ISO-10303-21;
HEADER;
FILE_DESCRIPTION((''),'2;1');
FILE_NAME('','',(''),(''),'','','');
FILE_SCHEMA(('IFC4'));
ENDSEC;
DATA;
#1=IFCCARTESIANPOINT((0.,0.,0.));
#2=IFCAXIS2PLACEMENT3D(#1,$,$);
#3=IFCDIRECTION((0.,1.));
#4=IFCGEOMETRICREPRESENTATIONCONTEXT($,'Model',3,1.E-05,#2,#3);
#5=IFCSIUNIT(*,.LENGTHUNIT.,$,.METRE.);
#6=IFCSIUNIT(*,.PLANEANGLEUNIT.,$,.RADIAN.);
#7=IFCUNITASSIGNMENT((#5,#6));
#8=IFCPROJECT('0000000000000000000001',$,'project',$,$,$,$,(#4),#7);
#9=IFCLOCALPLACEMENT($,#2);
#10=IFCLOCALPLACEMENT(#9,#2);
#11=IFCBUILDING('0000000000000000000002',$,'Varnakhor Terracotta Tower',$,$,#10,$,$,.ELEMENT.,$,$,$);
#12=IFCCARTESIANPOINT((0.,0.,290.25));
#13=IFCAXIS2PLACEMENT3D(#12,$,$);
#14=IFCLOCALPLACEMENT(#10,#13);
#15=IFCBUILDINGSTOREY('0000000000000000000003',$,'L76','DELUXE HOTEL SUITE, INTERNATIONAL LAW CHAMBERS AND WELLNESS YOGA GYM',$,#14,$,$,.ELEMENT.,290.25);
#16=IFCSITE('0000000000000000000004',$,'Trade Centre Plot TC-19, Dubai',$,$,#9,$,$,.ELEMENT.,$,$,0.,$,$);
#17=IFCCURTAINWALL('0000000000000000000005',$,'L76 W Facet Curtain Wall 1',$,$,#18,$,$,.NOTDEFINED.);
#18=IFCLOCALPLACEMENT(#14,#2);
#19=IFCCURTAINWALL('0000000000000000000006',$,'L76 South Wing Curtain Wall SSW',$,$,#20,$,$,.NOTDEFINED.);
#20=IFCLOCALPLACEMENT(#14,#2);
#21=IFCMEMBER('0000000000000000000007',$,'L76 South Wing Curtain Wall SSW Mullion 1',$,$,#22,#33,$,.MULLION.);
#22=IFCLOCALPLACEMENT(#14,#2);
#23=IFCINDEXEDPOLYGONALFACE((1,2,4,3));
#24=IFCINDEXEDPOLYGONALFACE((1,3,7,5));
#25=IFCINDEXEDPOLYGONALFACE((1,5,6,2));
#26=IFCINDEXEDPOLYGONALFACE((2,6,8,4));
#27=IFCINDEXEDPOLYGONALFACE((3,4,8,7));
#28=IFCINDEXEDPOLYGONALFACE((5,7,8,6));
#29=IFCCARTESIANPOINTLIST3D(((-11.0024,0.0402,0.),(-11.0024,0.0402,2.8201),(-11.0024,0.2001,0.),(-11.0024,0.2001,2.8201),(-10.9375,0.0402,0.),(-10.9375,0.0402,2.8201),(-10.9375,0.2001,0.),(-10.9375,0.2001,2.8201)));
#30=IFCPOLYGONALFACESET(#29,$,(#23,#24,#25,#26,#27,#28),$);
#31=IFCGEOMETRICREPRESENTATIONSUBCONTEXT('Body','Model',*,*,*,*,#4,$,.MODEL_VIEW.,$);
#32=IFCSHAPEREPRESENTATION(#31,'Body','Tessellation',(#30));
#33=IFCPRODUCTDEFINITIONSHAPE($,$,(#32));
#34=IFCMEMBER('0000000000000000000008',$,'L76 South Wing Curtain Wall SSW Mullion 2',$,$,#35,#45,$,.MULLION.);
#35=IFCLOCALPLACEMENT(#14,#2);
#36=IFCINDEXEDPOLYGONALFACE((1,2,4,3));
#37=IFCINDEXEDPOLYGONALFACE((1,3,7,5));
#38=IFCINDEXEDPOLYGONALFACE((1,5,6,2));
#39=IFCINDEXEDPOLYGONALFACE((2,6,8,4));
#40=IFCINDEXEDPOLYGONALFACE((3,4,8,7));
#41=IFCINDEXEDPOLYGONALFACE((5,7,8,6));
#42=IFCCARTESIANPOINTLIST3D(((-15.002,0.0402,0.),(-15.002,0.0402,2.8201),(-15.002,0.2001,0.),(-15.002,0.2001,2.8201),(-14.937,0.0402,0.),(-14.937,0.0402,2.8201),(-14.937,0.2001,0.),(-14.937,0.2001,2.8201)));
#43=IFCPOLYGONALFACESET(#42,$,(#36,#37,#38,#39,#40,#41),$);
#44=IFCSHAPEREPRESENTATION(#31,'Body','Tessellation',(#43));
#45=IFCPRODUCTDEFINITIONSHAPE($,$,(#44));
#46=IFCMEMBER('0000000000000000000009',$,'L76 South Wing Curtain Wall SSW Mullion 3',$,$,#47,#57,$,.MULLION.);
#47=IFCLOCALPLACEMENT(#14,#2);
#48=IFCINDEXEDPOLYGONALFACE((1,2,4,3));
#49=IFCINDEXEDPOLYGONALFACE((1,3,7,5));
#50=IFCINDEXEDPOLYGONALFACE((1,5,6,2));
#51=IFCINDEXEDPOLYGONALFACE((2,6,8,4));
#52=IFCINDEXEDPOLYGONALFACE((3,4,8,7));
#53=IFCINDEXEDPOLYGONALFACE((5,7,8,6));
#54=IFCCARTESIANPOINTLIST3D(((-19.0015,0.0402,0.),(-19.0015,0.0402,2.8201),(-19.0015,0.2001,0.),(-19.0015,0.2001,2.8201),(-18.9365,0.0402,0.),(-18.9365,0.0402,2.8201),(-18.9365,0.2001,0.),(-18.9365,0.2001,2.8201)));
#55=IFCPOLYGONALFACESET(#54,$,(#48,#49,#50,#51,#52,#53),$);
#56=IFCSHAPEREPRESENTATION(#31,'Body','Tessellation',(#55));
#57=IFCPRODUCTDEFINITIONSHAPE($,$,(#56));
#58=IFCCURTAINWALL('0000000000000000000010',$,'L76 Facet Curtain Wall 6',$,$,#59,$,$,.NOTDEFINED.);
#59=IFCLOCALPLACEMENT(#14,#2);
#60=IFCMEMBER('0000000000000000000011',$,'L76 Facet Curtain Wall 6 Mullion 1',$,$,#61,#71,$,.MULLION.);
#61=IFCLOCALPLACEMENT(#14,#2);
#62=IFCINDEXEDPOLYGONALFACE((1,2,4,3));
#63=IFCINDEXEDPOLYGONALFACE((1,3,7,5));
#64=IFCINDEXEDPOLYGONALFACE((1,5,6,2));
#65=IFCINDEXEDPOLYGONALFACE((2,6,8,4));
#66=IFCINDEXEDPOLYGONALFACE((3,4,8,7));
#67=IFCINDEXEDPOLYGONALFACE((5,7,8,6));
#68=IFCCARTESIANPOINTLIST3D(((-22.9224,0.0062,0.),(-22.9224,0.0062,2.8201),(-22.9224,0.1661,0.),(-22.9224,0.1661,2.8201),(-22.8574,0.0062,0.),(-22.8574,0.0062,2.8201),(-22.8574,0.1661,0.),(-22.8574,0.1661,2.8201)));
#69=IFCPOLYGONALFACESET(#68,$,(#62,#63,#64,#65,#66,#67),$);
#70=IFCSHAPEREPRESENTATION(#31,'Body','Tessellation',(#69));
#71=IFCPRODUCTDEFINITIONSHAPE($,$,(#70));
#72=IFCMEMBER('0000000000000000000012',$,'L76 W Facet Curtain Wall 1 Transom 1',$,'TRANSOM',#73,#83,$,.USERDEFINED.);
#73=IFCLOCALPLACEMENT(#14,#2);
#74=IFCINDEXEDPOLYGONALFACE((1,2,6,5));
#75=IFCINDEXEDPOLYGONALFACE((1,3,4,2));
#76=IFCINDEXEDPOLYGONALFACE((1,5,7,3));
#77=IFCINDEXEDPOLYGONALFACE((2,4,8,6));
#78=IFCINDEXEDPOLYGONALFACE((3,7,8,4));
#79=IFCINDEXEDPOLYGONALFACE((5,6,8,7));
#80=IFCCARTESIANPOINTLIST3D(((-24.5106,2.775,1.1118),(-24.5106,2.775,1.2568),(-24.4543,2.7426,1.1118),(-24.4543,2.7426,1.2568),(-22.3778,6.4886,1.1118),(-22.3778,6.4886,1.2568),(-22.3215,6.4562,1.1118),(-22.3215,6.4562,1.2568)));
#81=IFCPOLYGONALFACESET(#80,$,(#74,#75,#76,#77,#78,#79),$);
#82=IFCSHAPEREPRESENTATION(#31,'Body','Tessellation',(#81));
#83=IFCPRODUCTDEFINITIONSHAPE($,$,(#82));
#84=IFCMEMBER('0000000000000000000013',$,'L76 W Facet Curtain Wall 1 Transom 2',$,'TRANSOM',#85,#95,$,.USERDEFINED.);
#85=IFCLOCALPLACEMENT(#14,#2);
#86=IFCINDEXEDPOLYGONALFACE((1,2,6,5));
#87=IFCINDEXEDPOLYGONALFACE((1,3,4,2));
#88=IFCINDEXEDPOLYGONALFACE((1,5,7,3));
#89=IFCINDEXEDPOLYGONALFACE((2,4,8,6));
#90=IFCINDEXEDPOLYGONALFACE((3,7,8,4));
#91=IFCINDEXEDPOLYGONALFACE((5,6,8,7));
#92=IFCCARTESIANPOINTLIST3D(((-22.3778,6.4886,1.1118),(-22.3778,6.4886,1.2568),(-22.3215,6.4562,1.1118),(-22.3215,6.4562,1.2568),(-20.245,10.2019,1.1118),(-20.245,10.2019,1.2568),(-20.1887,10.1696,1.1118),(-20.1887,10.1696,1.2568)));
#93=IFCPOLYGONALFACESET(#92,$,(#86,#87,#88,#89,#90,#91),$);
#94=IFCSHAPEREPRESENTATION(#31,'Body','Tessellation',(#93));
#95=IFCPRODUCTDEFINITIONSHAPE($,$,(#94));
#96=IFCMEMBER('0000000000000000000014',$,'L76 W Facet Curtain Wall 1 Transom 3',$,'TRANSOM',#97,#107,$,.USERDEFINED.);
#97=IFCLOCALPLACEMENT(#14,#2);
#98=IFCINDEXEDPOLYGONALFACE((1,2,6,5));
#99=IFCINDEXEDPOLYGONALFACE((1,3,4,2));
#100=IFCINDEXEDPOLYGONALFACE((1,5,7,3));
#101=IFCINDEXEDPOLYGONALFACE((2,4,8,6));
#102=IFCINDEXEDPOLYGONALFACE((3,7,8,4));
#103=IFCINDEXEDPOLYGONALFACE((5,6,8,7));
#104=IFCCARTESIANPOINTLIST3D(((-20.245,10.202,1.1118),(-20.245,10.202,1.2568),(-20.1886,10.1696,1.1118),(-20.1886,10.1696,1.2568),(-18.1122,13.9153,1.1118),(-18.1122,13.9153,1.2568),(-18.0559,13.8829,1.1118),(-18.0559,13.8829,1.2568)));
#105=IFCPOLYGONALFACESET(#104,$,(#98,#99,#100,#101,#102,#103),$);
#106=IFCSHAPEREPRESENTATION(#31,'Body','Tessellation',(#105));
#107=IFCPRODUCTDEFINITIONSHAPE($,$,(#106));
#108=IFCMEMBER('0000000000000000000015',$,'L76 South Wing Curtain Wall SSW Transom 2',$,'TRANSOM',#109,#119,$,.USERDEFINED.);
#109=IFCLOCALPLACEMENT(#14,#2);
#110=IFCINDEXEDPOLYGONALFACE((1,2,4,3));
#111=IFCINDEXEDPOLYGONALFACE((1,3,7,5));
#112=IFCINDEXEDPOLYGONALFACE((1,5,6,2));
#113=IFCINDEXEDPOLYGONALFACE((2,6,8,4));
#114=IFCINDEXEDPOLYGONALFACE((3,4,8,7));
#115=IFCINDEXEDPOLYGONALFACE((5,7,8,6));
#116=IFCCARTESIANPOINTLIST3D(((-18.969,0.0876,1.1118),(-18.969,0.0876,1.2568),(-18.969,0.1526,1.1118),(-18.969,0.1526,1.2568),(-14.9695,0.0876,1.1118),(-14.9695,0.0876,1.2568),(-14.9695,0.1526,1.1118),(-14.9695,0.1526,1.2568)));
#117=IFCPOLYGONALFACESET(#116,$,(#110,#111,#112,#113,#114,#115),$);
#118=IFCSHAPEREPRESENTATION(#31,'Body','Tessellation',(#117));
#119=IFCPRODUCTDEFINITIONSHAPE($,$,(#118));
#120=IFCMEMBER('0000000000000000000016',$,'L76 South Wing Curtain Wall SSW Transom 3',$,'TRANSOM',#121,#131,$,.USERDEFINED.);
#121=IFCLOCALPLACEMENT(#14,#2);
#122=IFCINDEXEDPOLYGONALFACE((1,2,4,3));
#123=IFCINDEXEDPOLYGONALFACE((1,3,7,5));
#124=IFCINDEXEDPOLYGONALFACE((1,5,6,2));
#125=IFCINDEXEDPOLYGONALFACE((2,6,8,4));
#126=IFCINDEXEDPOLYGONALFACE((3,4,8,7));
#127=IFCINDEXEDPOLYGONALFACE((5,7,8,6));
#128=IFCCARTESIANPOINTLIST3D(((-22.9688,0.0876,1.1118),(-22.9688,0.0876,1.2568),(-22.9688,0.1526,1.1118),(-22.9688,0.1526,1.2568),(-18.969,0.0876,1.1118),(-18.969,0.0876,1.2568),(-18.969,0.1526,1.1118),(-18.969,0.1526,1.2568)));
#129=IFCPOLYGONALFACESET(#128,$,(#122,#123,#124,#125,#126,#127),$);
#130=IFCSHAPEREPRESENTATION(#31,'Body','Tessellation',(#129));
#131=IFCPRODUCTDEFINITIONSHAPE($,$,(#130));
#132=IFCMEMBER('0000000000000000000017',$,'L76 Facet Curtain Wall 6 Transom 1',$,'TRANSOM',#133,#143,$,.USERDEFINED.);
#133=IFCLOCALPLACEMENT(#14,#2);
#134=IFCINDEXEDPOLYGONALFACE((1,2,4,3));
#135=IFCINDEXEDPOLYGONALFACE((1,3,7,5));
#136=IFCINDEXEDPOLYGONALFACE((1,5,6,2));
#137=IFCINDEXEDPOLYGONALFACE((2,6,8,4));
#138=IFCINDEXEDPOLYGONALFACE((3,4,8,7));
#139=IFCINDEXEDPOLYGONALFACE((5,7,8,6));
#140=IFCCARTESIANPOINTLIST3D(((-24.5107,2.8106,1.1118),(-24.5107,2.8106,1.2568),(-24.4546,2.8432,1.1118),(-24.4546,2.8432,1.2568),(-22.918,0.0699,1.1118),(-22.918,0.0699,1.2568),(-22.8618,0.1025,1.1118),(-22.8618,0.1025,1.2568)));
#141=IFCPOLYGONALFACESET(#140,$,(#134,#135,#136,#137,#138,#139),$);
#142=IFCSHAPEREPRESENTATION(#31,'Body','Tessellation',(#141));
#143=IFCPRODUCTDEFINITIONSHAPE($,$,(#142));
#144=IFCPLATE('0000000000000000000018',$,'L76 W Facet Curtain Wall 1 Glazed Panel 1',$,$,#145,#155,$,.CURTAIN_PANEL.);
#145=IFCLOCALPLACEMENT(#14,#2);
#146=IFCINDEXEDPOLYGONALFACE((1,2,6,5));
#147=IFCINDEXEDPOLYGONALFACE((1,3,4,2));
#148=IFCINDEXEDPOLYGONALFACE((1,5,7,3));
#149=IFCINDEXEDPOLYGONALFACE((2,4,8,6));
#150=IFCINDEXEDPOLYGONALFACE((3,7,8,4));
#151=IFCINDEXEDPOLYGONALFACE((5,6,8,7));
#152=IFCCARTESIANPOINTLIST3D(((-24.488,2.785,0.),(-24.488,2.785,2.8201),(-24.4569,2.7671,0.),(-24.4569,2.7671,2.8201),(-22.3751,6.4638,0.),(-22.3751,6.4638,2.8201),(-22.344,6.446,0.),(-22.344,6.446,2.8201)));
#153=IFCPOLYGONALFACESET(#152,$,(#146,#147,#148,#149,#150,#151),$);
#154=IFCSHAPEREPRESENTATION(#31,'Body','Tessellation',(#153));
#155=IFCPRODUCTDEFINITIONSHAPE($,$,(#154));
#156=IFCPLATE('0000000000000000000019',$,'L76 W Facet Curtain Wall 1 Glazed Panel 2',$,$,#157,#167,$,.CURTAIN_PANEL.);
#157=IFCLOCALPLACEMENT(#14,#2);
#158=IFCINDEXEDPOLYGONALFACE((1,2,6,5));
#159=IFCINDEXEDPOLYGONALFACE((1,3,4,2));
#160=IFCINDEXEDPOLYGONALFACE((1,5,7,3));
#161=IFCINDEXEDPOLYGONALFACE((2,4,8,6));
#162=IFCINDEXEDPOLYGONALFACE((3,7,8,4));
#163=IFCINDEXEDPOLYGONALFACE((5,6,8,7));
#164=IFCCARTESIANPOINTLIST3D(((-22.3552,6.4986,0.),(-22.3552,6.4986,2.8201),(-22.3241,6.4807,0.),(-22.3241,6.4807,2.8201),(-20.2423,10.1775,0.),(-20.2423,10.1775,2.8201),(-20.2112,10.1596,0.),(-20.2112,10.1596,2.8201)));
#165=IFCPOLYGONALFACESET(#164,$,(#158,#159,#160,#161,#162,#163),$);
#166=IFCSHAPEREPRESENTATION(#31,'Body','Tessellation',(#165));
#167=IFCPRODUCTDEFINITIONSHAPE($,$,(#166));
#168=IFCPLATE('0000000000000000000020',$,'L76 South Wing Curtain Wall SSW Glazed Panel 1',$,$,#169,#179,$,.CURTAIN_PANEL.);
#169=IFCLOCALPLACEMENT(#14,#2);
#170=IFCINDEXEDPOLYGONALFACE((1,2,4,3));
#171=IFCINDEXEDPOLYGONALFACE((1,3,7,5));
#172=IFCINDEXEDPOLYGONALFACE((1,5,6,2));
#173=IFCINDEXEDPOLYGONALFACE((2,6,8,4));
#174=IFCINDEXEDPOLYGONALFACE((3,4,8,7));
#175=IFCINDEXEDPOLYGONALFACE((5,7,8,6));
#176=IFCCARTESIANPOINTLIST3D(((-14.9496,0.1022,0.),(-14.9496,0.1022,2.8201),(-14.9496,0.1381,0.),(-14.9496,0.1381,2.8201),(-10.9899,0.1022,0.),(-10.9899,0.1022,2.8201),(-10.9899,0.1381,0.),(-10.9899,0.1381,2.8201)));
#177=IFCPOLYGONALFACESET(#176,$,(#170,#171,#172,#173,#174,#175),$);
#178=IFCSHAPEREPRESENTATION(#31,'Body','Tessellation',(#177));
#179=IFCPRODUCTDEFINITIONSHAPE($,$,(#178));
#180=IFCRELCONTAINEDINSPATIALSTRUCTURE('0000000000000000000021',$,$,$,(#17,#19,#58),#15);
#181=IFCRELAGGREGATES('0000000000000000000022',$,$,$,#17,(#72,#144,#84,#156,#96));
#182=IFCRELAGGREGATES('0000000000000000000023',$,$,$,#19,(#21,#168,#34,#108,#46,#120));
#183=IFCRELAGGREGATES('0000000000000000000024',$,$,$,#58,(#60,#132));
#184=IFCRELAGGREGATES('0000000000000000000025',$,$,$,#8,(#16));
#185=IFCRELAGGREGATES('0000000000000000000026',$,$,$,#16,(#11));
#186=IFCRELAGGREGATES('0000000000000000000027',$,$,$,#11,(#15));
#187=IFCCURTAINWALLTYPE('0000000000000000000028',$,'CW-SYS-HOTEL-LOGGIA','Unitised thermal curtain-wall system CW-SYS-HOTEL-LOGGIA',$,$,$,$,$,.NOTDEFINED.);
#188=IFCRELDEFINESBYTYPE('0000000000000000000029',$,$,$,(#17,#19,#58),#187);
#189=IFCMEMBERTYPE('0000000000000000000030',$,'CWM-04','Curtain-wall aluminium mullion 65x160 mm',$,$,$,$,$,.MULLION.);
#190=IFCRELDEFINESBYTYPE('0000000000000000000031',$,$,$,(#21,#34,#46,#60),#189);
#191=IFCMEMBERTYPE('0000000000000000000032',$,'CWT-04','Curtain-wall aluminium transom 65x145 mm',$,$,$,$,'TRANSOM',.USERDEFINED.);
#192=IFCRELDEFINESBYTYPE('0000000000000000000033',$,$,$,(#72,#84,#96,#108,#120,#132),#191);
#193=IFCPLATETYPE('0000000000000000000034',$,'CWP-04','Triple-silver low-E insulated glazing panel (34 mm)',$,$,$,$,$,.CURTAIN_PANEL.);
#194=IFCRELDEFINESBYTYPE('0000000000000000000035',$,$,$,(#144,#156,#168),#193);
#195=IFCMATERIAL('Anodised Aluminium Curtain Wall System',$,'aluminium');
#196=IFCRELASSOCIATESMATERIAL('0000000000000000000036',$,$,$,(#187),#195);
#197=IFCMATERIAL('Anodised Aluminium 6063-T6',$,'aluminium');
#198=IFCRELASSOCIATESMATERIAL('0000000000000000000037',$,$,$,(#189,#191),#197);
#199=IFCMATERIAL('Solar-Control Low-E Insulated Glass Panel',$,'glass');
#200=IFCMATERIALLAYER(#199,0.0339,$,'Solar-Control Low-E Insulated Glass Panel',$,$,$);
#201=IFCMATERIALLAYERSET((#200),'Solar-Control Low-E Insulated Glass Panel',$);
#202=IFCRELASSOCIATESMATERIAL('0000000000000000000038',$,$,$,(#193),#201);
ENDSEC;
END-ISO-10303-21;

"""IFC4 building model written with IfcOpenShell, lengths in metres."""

from ifc_helpers import new_model, si_unit, direction, frame, origin, origin_2d, place, context, subcontext, project, spatial, rectangle, extrude, source, transform, mapped, material, layer, layer_set, material_profile, profile_set, type_object, type_shapes, element, aggregate, save


model = new_model("IFC4")

# Units and contexts
model_context = context("Model", 3, precision=1e-05, world=origin(), true_north=direction((0.0, 1.0)))
body_context = subcontext(model_context, "Body", "Model", "MODEL_VIEW")
ifc_project = project(units=[si_unit("LENGTHUNIT", "METRE"), si_unit("PLANEANGLEUNIT", "RADIAN")], contexts=[model_context])

# Site, building, storey
site_placement = place(None, origin())
site = spatial("IfcSite", under=ifc_project, at=site_placement, Name="Trade Centre Plot TC-19, Dubai", CompositionType="ELEMENT", RefElevation=0.0)
building_placement = place(site_placement, origin())
building = spatial("IfcBuilding", under=site, at=building_placement, Name="Varnakhor Terracotta Tower", CompositionType="ELEMENT")
storey_placement = place(building_placement, frame((0.0, 0.0, 290.25)))
storey = spatial("IfcBuildingStorey", under=building, at=storey_placement, Name="L76", Description="DELUXE HOTEL SUITE, INTERNATIONAL LAW CHAMBERS AND WELLNESS YOGA GYM", CompositionType="ELEMENT", Elevation=290.25)

# Curtain walls, members
ifc_material_1 = material(Name="Anodised Aluminium Curtain Wall System", Category="aluminium")
curtain_wall_type = type_object("IfcCurtainWallType", Name="CW-SYS-HOTEL-LOGGIA", Description="Unitised thermal curtain-wall system CW-SYS-HOTEL-LOGGIA", PredefinedType="NOTDEFINED", material=ifc_material_1)
curtain_wall_1_placement = place(storey_placement, origin())
curtain_wall_1 = element("IfcCurtainWall", 1, at=curtain_wall_1_placement, inside=storey, type_object=curtain_wall_type, Name="L76 W Facet Curtain Wall 1", PredefinedType="NOTDEFINED")
ifc_material_2 = material(Name="Anodised Aluminium 6063-T6", Category="aluminium")
ifc_material_profile_1 = material_profile(ifc_material_2, rectangle(XDim=0.0649, YDim=0.1599, at=origin_2d()), Name="ALU MULLION 65x160")
ifc_profile_set_1 = profile_set([ifc_material_profile_1], Name="Anodised Aluminium 6063-T6")
member_type_1 = type_object("IfcMemberType", Name="CWM-04", Description="Curtain-wall aluminium mullion 65x160 mm", PredefinedType="MULLION", material=ifc_profile_set_1)
shared_shape_1 = source(origin(), body_context, "Body", "SweptSolid", [
    extrude(rectangle(XDim=0.0649, YDim=0.1599, at=origin_2d()), origin(), (0.0, 0.0, 1.0), 2.8201),
])
type_shapes(member_type_1, [shared_shape_1])
curtain_wall_2_placement = place(storey_placement, origin())
curtain_wall_2 = element("IfcCurtainWall", 2, at=curtain_wall_2_placement, inside=storey, type_object=curtain_wall_type, Name="L76 South Wing Curtain Wall SSW", PredefinedType="NOTDEFINED")
member_1_placement = place(storey_placement, frame((-10.97, 0.1201, 0.0), z_axis=(0.0, 0.0, 1.0), x_axis=(1.0, 0.0, 0.0)))
member_1 = element("IfcMember", 3, at=member_1_placement, type_object=member_type_1, Name="L76 South Wing Curtain Wall SSW Mullion 1", PredefinedType="MULLION", context=body_context, shape_type="MappedRepresentation", body=[
    mapped(shared_shape_1, transform((0.0, 0.0, 0.0), scale=1.0)),
])
member_2_placement = place(storey_placement, frame((-14.9695, 0.1201, 0.0), z_axis=(0.0, 0.0, 1.0), x_axis=(1.0, 0.0, 0.0)))
member_2 = element("IfcMember", 4, at=member_2_placement, type_object=member_type_1, Name="L76 South Wing Curtain Wall SSW Mullion 2", PredefinedType="MULLION", context=body_context, shape_type="MappedRepresentation", body=[
    mapped(shared_shape_1, transform((0.0, 0.0, 0.0), scale=1.0)),
])
member_3_placement = place(storey_placement, frame((-18.969, 0.1201, 0.0), z_axis=(0.0, 0.0, 1.0), x_axis=(1.0, 0.0, 0.0)))
member_3 = element("IfcMember", 5, at=member_3_placement, type_object=member_type_1, Name="L76 South Wing Curtain Wall SSW Mullion 3", PredefinedType="MULLION", context=body_context, shape_type="MappedRepresentation", body=[
    mapped(shared_shape_1, transform((0.0, 0.0, 0.0), scale=1.0)),
])

# Curtain wall, member
curtain_wall_3_placement = place(storey_placement, origin())
curtain_wall_3 = element("IfcCurtainWall", 6, at=curtain_wall_3_placement, inside=storey, type_object=curtain_wall_type, Name="L76 Facet Curtain Wall 6", PredefinedType="NOTDEFINED")
member_4_placement = place(storey_placement, frame((-22.8899, 0.0862, 0.0), z_axis=(0.0, 0.0, 1.0), x_axis=(1.0, 0.0, 0.0)))
member_4 = element("IfcMember", 7, at=member_4_placement, type_object=member_type_1, Name="L76 Facet Curtain Wall 6 Mullion 1", PredefinedType="MULLION", context=body_context, shape_type="MappedRepresentation", body=[
    mapped(shared_shape_1, transform((0.0, 0.0, 0.0), scale=1.0)),
])

# Members
ifc_material_profile_2 = material_profile(ifc_material_2, rectangle(XDim=0.0649, YDim=0.145, at=origin_2d()), Name="ALU TRANSOM 65x145")
ifc_profile_set_2 = profile_set([ifc_material_profile_2], Name="Anodised Aluminium 6063-T6")
member_type_2 = type_object("IfcMemberType", Name="CWT-04", Description="Curtain-wall aluminium transom 65x145 mm", ElementType="TRANSOM", PredefinedType="USERDEFINED", material=ifc_profile_set_2)
shared_shape_2 = source(origin(), body_context, "Body", "SweptSolid", [
    extrude(rectangle(XDim=0.0649, YDim=0.145, at=origin_2d()), origin(), (0.0, 0.0, 1.0), 4.2825),
])
member_5_placement = place(storey_placement, frame((-24.4824, 2.7588, 1.1843), z_axis=(0.498029, 0.867161, 0.0), x_axis=(-0.867161, 0.498029, 0.0)))
member_5 = element("IfcMember", 8, at=member_5_placement, type_object=member_type_2, Name="L76 W Facet Curtain Wall 1 Transom 1", ObjectType="TRANSOM", PredefinedType="USERDEFINED", context=body_context, shape_type="MappedRepresentation", body=[
    mapped(shared_shape_2, transform((0.0, 0.0, 0.0), scale=1.0)),
])
shared_shape_3 = source(origin(), body_context, "Body", "SweptSolid", [
    extrude(rectangle(XDim=0.0649, YDim=0.145, at=origin_2d()), origin(), (0.0, 0.0, 1.0), 4.2822),
])
member_6_placement = place(storey_placement, frame((-22.3496, 6.4724, 1.1843), z_axis=(0.498053, 0.867146, 0.0), x_axis=(-0.867146, 0.498053, 0.0)))
member_6 = element("IfcMember", 9, at=member_6_placement, type_object=member_type_2, Name="L76 W Facet Curtain Wall 1 Transom 2", ObjectType="TRANSOM", PredefinedType="USERDEFINED", context=body_context, shape_type="MappedRepresentation", body=[
    mapped(shared_shape_3, transform((0.0, 0.0, 0.0), scale=1.0)),
])
member_7_placement = place(storey_placement, frame((-20.2168, 10.1858, 1.1843), z_axis=(0.498053, 0.867146, 0.0), x_axis=(-0.867146, 0.498053, 0.0)))
member_7 = element("IfcMember", 10, at=member_7_placement, type_object=member_type_2, Name="L76 W Facet Curtain Wall 1 Transom 3", ObjectType="TRANSOM", PredefinedType="USERDEFINED", context=body_context, shape_type="MappedRepresentation", body=[
    mapped(shared_shape_3, transform((0.0, 0.0, 0.0), scale=1.0)),
])
shared_shape_4 = source(origin(), body_context, "Body", "SweptSolid", [
    extrude(rectangle(XDim=0.0649, YDim=0.145, at=origin_2d()), origin(), (0.0, 0.0, 1.0), 3.9995),
])
member_8_placement = place(storey_placement, frame((-14.9695, 0.1201, 1.1843), z_axis=(-1.0, 0.0, 0.0), x_axis=(0.0, -1.0, 0.0)))
member_8 = element("IfcMember", 11, at=member_8_placement, type_object=member_type_2, Name="L76 South Wing Curtain Wall SSW Transom 2", ObjectType="TRANSOM", PredefinedType="USERDEFINED", context=body_context, shape_type="MappedRepresentation", body=[
    mapped(shared_shape_4, transform((0.0, 0.0, 0.0), scale=1.0)),
])
shared_shape_5 = source(origin(), body_context, "Body", "SweptSolid", [
    extrude(rectangle(XDim=0.0649, YDim=0.145, at=origin_2d()), origin(), (0.0, 0.0, 1.0), 3.9998),
])
member_9_placement = place(storey_placement, frame((-18.969, 0.1201, 1.1843), z_axis=(-1.0, 0.0, 0.0), x_axis=(0.0, -1.0, 0.0)))
member_9 = element("IfcMember", 12, at=member_9_placement, type_object=member_type_2, Name="L76 South Wing Curtain Wall SSW Transom 3", ObjectType="TRANSOM", PredefinedType="USERDEFINED", context=body_context, shape_type="MappedRepresentation", body=[
    mapped(shared_shape_5, transform((0.0, 0.0, 0.0), scale=1.0)),
])
shared_shape_6 = source(origin(), body_context, "Body", "SweptSolid", [
    extrude(rectangle(XDim=0.0649, YDim=0.145, at=origin_2d()), origin(), (0.0, 0.0, 1.0), 3.1699),
])
member_10_placement = place(storey_placement, frame((-22.8899, 0.0862, 1.1843), z_axis=(-0.502462, 0.864599, 0.0), x_axis=(-0.864599, -0.502462, 0.0)))
member_10 = element("IfcMember", 13, at=member_10_placement, type_object=member_type_2, Name="L76 Facet Curtain Wall 6 Transom 1", ObjectType="TRANSOM", PredefinedType="USERDEFINED", context=body_context, shape_type="MappedRepresentation", body=[
    mapped(shared_shape_6, transform((0.0, 0.0, 0.0), scale=1.0)),
])

# Plates
ifc_material_3 = material(Name="Solar-Control Low-E Insulated Glass Panel", Category="glass")
ifc_layer_1 = layer(ifc_material_3, 0.0339, Name="Solar-Control Low-E Insulated Glass Panel")
ifc_layer_set_1 = layer_set([ifc_layer_1], Name="Solar-Control Low-E Insulated Glass Panel")
plate_type = type_object("IfcPlateType", Name="CWP-04", Description="Triple-silver low-E insulated glazing panel (34 mm)", PredefinedType="CURTAIN_PANEL", material=ifc_layer_set_1)
shared_shape_7 = source(origin(), body_context, "Body", "SweptSolid", [
    extrude(rectangle(XDim=4.2424, YDim=0.0359, at=origin_2d()), origin(), (0.0, 0.0, 1.0), 2.8201),
])
plate_1_placement = place(storey_placement, frame((-23.416, 4.6155, 0.0), z_axis=(0.0, 0.0, 1.0), x_axis=(0.498034, 0.867158, 0.0)))
plate_1 = element("IfcPlate", 14, at=plate_1_placement, type_object=plate_type, Name="L76 W Facet Curtain Wall 1 Glazed Panel 1", PredefinedType="CURTAIN_PANEL", context=body_context, shape_type="MappedRepresentation", body=[
    mapped(shared_shape_7, transform((0.0, 0.0, 0.0), scale=1.0)),
])
plate_2_placement = place(storey_placement, frame((-21.2832, 8.3291, 0.0), z_axis=(0.0, 0.0, 1.0), x_axis=(0.498034, 0.867158, 0.0)))
plate_2 = element("IfcPlate", 15, at=plate_2_placement, type_object=plate_type, Name="L76 W Facet Curtain Wall 1 Glazed Panel 2", PredefinedType="CURTAIN_PANEL", context=body_context, shape_type="MappedRepresentation", body=[
    mapped(shared_shape_7, transform((0.0, 0.0, 0.0), scale=1.0)),
])
aggregate(curtain_wall_1, [member_5, plate_1, member_6, plate_2, member_7])
shared_shape_8 = source(origin(), body_context, "Body", "SweptSolid", [
    extrude(rectangle(XDim=3.9597, YDim=0.0359, at=origin_2d()), origin(), (0.0, 0.0, 1.0), 2.8201),
])
plate_3_placement = place(storey_placement, frame((-12.9697, 0.1201, 0.0), z_axis=(0.0, 0.0, 1.0), x_axis=(-1.0, 0.0, 0.0)))
plate_3 = element("IfcPlate", 16, at=plate_3_placement, type_object=plate_type, Name="L76 South Wing Curtain Wall SSW Glazed Panel 1", PredefinedType="CURTAIN_PANEL", context=body_context, shape_type="MappedRepresentation", body=[
    mapped(shared_shape_8, transform((0.0, 0.0, 0.0), scale=1.0)),
])
aggregate(curtain_wall_2, [member_1, plate_3, member_2, member_8, member_3, member_9])
aggregate(curtain_wall_3, [member_4, member_10])

save(model, "model.ifc")
